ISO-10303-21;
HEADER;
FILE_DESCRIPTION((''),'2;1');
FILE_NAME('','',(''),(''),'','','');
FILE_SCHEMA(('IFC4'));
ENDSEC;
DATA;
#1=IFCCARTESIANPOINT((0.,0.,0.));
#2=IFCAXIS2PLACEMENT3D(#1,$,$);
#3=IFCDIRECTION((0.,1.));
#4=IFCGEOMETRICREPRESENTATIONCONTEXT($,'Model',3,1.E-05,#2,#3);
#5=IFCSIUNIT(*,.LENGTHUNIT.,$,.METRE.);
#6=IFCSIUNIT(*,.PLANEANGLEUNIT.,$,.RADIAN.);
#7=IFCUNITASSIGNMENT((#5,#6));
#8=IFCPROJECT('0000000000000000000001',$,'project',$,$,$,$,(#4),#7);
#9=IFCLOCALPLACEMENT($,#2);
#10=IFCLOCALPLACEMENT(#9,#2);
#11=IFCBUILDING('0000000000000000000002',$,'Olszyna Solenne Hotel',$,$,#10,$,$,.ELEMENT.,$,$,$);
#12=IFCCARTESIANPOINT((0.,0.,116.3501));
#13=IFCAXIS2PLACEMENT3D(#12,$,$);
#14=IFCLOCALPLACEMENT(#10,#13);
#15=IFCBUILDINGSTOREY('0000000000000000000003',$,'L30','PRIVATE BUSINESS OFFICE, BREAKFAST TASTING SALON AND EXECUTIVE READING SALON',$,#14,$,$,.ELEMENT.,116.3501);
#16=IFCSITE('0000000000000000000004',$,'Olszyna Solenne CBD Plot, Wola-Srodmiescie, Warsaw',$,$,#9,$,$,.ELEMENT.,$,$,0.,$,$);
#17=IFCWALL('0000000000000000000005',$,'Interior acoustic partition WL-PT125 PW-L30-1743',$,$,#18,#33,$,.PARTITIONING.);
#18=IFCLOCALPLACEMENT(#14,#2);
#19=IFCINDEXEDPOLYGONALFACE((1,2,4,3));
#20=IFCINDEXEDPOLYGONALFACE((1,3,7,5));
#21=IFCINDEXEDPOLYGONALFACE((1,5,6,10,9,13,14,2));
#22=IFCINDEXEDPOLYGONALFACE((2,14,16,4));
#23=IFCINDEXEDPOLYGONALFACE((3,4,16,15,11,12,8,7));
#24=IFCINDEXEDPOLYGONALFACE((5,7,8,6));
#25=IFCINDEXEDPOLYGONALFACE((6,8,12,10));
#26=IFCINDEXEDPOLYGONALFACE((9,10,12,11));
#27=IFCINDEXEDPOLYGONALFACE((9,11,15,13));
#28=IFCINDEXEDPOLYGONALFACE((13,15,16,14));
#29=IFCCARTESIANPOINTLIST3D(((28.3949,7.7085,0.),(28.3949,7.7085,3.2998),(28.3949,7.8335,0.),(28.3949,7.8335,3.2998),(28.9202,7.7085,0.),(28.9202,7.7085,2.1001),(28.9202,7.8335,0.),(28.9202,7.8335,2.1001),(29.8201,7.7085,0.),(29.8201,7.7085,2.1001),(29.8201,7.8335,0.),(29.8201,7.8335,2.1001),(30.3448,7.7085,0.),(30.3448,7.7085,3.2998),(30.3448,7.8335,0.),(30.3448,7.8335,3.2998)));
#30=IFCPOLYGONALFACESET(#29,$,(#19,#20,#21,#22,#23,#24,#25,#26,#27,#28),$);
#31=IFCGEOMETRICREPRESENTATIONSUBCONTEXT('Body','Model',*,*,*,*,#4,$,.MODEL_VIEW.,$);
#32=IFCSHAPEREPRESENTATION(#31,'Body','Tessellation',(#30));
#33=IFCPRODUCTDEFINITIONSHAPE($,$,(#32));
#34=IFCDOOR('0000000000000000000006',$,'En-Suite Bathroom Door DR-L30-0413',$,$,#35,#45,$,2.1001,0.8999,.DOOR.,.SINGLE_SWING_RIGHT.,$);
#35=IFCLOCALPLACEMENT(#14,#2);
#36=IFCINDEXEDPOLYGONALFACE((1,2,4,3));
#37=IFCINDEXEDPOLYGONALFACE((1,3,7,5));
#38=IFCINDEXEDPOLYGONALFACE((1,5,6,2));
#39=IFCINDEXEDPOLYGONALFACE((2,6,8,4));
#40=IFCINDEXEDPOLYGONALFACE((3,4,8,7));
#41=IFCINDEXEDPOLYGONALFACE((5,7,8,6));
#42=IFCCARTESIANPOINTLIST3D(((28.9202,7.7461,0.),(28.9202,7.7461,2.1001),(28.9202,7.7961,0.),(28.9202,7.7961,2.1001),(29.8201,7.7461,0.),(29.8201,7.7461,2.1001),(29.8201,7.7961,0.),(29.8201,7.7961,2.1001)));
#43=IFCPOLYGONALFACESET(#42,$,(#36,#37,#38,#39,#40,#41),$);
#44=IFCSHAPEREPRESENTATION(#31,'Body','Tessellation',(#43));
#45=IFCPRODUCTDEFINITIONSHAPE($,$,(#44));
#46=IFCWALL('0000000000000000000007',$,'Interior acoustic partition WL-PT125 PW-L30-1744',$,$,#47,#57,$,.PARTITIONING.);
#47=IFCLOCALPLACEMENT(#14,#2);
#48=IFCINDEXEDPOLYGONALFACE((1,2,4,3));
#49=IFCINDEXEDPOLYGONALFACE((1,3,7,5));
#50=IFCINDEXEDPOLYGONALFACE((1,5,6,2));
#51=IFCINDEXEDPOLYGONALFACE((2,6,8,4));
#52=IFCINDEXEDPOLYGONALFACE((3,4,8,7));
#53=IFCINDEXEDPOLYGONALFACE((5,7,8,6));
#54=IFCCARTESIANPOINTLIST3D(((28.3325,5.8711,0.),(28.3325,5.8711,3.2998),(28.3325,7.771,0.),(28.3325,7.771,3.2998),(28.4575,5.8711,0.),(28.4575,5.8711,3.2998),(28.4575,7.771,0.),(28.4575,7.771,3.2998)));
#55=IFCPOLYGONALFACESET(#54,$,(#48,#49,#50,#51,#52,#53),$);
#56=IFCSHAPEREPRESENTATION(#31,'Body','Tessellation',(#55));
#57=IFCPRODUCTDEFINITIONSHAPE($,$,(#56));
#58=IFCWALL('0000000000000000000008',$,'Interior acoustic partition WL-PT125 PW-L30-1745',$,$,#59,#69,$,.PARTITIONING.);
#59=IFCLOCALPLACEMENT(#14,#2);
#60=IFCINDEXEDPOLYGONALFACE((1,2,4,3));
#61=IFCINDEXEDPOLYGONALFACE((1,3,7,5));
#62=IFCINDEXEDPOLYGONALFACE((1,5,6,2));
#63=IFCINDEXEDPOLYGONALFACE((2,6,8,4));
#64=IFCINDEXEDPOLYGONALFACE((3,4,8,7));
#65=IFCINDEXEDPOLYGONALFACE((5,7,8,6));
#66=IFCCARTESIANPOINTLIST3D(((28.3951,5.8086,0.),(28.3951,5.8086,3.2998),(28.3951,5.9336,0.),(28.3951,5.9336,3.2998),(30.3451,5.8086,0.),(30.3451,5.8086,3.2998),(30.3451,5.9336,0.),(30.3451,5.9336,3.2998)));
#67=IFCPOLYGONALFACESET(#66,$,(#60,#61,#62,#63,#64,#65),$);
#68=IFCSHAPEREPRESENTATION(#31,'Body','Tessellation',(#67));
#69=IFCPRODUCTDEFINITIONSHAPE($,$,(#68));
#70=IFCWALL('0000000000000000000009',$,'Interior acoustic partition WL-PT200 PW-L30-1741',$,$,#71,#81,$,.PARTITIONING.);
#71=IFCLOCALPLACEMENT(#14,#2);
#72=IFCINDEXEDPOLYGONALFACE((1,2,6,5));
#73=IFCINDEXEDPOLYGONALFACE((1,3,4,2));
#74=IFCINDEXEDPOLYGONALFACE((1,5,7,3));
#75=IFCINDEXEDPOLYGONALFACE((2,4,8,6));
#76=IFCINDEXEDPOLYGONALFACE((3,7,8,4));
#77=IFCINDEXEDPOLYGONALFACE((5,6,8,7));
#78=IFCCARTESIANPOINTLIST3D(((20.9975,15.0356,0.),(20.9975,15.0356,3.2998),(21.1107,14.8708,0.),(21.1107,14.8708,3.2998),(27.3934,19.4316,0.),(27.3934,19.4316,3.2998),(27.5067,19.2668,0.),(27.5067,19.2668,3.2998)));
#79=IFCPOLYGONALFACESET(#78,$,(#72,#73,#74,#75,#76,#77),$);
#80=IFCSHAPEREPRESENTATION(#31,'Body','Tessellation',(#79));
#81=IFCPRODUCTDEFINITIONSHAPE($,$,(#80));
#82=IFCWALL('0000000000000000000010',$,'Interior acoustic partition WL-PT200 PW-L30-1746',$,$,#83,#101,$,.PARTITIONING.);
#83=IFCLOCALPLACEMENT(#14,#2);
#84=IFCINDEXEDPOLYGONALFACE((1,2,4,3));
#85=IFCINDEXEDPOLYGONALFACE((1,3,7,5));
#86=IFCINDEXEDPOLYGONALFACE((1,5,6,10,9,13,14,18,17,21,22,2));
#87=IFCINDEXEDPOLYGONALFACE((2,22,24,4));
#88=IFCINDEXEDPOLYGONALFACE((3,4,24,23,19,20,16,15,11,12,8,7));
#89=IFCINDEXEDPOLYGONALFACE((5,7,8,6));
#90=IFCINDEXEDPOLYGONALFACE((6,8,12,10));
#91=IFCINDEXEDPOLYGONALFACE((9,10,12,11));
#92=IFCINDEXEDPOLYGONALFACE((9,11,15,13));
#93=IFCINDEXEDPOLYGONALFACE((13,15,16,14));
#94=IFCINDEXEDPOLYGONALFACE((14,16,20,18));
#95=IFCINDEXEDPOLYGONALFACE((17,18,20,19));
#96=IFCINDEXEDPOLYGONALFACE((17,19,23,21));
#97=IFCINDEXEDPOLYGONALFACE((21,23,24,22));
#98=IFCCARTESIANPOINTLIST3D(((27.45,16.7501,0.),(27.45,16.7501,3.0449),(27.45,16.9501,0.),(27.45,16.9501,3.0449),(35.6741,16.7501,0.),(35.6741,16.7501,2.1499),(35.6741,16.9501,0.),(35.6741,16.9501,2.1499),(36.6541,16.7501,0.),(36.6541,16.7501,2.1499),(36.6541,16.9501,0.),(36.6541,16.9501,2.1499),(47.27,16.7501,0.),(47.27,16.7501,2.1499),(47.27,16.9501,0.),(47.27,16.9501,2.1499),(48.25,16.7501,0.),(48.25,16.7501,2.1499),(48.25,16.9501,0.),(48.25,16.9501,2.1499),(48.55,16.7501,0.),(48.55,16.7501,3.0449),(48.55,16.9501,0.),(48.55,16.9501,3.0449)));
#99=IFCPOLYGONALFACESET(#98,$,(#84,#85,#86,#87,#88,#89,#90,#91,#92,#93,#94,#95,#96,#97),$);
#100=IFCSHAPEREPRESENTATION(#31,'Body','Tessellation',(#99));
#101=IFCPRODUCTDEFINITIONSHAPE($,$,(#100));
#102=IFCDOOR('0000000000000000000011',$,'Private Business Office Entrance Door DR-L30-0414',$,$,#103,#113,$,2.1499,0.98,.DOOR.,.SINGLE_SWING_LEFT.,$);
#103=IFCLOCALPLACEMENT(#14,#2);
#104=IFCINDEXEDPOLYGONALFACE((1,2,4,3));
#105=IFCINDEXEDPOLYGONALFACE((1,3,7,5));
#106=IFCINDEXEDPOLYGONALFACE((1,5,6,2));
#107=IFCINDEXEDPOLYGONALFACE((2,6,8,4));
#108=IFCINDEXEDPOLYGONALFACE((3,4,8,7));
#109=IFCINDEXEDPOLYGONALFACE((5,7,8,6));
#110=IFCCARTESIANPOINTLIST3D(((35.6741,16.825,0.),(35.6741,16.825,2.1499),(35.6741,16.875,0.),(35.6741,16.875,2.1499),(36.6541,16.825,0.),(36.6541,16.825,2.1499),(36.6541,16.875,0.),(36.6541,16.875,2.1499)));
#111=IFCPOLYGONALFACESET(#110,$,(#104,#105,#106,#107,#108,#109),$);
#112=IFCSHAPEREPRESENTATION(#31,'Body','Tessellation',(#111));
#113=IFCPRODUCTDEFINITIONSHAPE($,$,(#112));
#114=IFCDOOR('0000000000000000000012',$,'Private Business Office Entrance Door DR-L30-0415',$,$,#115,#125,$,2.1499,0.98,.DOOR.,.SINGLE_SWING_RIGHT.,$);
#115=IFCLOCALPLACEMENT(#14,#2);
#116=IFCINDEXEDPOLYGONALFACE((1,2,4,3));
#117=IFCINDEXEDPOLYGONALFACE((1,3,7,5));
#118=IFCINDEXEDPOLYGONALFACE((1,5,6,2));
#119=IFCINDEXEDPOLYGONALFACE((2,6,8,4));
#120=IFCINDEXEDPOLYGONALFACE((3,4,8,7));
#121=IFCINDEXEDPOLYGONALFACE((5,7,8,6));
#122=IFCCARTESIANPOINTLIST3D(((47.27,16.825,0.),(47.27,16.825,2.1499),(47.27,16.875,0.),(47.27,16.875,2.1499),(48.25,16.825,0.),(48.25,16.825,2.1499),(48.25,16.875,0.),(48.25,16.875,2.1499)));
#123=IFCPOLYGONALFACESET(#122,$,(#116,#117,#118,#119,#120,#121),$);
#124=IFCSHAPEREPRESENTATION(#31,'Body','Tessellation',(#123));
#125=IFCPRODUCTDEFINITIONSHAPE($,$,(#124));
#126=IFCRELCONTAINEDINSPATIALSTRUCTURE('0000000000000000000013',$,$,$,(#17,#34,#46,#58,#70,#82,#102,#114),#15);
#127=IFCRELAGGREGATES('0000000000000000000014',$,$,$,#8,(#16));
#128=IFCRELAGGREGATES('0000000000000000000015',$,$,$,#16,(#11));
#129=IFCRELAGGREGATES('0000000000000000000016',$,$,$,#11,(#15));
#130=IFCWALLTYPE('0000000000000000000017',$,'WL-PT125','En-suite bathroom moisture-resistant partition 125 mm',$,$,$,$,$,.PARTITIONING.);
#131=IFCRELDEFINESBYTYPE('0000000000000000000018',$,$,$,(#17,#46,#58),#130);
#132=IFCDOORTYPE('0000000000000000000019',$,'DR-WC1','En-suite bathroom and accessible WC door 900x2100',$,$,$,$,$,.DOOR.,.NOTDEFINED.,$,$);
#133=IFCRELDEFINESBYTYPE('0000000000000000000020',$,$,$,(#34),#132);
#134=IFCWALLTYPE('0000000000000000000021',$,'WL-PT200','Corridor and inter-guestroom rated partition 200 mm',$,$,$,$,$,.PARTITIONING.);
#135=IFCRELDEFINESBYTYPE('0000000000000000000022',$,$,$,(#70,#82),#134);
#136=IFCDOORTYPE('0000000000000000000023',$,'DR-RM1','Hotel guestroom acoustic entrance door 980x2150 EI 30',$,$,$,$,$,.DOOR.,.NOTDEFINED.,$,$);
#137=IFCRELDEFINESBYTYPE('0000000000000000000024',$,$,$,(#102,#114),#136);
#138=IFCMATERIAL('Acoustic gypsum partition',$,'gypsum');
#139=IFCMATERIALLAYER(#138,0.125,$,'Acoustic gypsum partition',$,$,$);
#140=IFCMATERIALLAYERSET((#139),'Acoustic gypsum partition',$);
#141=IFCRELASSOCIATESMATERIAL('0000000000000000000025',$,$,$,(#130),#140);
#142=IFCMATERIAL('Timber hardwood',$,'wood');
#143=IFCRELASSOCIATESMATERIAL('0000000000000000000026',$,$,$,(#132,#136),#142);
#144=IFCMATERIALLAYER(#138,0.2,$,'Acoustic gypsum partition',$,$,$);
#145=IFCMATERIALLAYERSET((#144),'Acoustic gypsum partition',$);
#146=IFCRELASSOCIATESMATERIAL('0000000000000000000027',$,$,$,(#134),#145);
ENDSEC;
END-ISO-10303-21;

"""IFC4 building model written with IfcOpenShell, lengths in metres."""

from ifc_helpers import new_model, si_unit, direction, frame, frame_2d, origin, place, context, subcontext, project, spatial, rectangle, extrude, source, transform, mapped, material, layer, layer_set, type_object, type_shapes, element, fill, save


model = new_model("IFC4")

# Units and contexts
model_context = context("Model", 3, precision=1e-05, world=origin(), true_north=direction((0.0, 1.0)))
body_context = subcontext(model_context, "Body", "Model", "MODEL_VIEW")
ifc_project = project(units=[si_unit("LENGTHUNIT", "METRE"), si_unit("PLANEANGLEUNIT", "RADIAN")], contexts=[model_context])

# Site, building, storey
site_placement = place(None, origin())
site = spatial("IfcSite", under=ifc_project, at=site_placement, Name="Olszyna Solenne CBD Plot, Wola-Srodmiescie, Warsaw", CompositionType="ELEMENT", RefElevation=0.0)
building_placement = place(site_placement, origin())
building = spatial("IfcBuilding", under=site, at=building_placement, Name="Olszyna Solenne Hotel", CompositionType="ELEMENT")
storey_placement = place(building_placement, frame((0.0, 0.0, 116.3501)))
storey = spatial("IfcBuildingStorey", under=building, at=storey_placement, Name="L30", Description="PRIVATE BUSINESS OFFICE, BREAKFAST TASTING SALON AND EXECUTIVE READING SALON", CompositionType="ELEMENT", Elevation=116.3501)

# Shared definitions
ifc_material_1 = material(Name="Acoustic gypsum partition", Category="gypsum")
ifc_layer_1 = layer(ifc_material_1, 0.125, Name="Acoustic gypsum partition")
ifc_layer_set_1 = layer_set([ifc_layer_1], Name="Acoustic gypsum partition")
wall_type_1 = type_object("IfcWallType", Name="WL-PT125", Description="En-suite bathroom moisture-resistant partition 125 mm", PredefinedType="PARTITIONING", material=ifc_layer_set_1)

# Wall, opening, door
wall_1_placement = place(storey_placement, frame((30.345, 7.771, 0.0), z_axis=(0.0, 0.0, 1.0), x_axis=(-1.0, 0.0, 0.0)))
wall_1 = element("IfcWall", 1, at=wall_1_placement, inside=storey, type_object=wall_type_1, Name="Interior acoustic partition WL-PT125 PW-L30-1743", PredefinedType="PARTITIONING", context=body_context, shape_type="SweptSolid", body=[
    extrude(rectangle(XDim=1.95, YDim=0.125, at=frame_2d((0.9751, 0.0))), origin(), (0.0, 0.0, 1.0), 3.2998),
])
opening_1_placement = place(wall_1_placement, frame((0.5249, 0.0, 0.0)))
opening_1 = element("IfcOpeningElement", 2, at=opening_1_placement, cuts=wall_1, PredefinedType="OPENING", context=body_context, shape_type="SweptSolid", body=[
    extrude(rectangle(XDim=0.8999, YDim=2.1001, at=frame_2d((0.45, 1.05))), frame((0.0, 0.0725, 0.0), z_axis=(0.0, -1.0, 0.0), x_axis=(1.0, 0.0, 0.0)), (0.0, 0.0, 1.0), 0.145),
])
ifc_material_2 = material(Name="Timber hardwood", Category="wood")
door_type_1 = type_object("IfcDoorType", Name="DR-WC1", Description="En-suite bathroom and accessible WC door 900x2100", OperationType="NOTDEFINED", PredefinedType="DOOR", material=ifc_material_2)
shared_shape_1 = source(origin(), body_context, "Body", "SweptSolid", [
    extrude(rectangle(XDim=0.8999, YDim=2.1001, at=frame_2d((0.45, 1.05))), frame((0.0, 0.0249, 0.0), z_axis=(0.0, -1.0, 0.0), x_axis=(1.0, 0.0, 0.0)), (0.0, 0.0, 1.0), 0.05),
])
type_shapes(door_type_1, [shared_shape_1])
door_1_placement = place(opening_1_placement, origin())
door_1 = element("IfcDoor", 3, at=door_1_placement, inside=storey, type_object=door_type_1, Name="En-Suite Bathroom Door DR-L30-0413", OperationType="SINGLE_SWING_RIGHT", OverallHeight=2.1001, OverallWidth=0.8999, PredefinedType="DOOR", context=body_context, shape_type="MappedRepresentation", body=[
    mapped(shared_shape_1, transform((0.0, 0.0, 0.0), x_axis=(1.0, 0.0, 0.0), y_axis=(0.0, 1.0, 0.0), z_axis=(0.0, 0.0, 1.0), scale=1.0)),
])
fill(opening_1, door_1)

# Walls
wall_2_placement = place(storey_placement, frame((28.395, 7.771, 0.0), z_axis=(0.0, 0.0, 1.0), x_axis=(0.0, -1.0, 0.0)))
element("IfcWall", 4, at=wall_2_placement, inside=storey, type_object=wall_type_1, Name="Interior acoustic partition WL-PT125 PW-L30-1744", PredefinedType="PARTITIONING", context=body_context, shape_type="SweptSolid", body=[
    extrude(rectangle(XDim=1.8999, YDim=0.125, at=frame_2d((0.95, 0.0))), origin(), (0.0, 0.0, 1.0), 3.2998),
])
wall_3_placement = place(storey_placement, frame((28.395, 5.8711, 0.0), z_axis=(0.0, 0.0, 1.0), x_axis=(1.0, 0.0, 0.0)))
element("IfcWall", 5, at=wall_3_placement, inside=storey, type_object=wall_type_1, Name="Interior acoustic partition WL-PT125 PW-L30-1745", PredefinedType="PARTITIONING", context=body_context, shape_type="SweptSolid", body=[
    extrude(rectangle(XDim=1.95, YDim=0.125, at=frame_2d((0.9751, 0.0))), origin(), (0.0, 0.0, 1.0), 3.2998),
])
ifc_layer_2 = layer(ifc_material_1, 0.2, Name="Acoustic gypsum partition")
ifc_layer_set_2 = layer_set([ifc_layer_2], Name="Acoustic gypsum partition")
wall_type_2 = type_object("IfcWallType", Name="WL-PT200", Description="Corridor and inter-guestroom rated partition 200 mm", PredefinedType="PARTITIONING", material=ifc_layer_set_2)
wall_4_placement = place(storey_placement, frame((27.45, 19.3491, 0.0), z_axis=(0.0, 0.0, 1.0), x_axis=(-0.824117, -0.566419, 0.0)))
element("IfcWall", 6, at=wall_4_placement, inside=storey, type_object=wall_type_2, Name="Interior acoustic partition WL-PT200 PW-L30-1741", PredefinedType="PARTITIONING", context=body_context, shape_type="SweptSolid", body=[
    extrude(rectangle(XDim=7.761, YDim=0.2, at=frame_2d((3.8804, 0.0))), origin(), (0.0, 0.0, 1.0), 3.2998),
])

# Wall, openings, doors
wall_5_placement = place(storey_placement, frame((27.45, 16.8501, 0.0), z_axis=(0.0, 0.0, 1.0), x_axis=(1.0, 0.0, 0.0)))
wall_5 = element("IfcWall", 7, at=wall_5_placement, inside=storey, type_object=wall_type_2, Name="Interior acoustic partition WL-PT200 PW-L30-1746", PredefinedType="PARTITIONING", context=body_context, shape_type="SweptSolid", body=[
    extrude(rectangle(XDim=21.1001, YDim=0.2, at=frame_2d((10.55, 0.0))), origin(), (0.0, 0.0, 1.0), 3.0449),
])
opening_2_placement = place(wall_5_placement, frame((8.2241, 0.0, 0.0)))
opening_2 = element("IfcOpeningElement", 8, at=opening_2_placement, cuts=wall_5, PredefinedType="OPENING", context=body_context, shape_type="SweptSolid", body=[
    extrude(rectangle(XDim=0.98, YDim=2.1499, at=frame_2d((0.49, 1.075))), frame((0.0, 0.1099, 0.0), z_axis=(0.0, -1.0, 0.0), x_axis=(1.0, 0.0, 0.0)), (0.0, 0.0, 1.0), 0.22),
])
opening_3_placement = place(wall_5_placement, frame((19.8201, 0.0, 0.0)))
opening_3 = element("IfcOpeningElement", 9, at=opening_3_placement, cuts=wall_5, PredefinedType="OPENING", context=body_context, shape_type="SweptSolid", body=[
    extrude(rectangle(XDim=0.98, YDim=2.1499, at=frame_2d((0.49, 1.075))), frame((0.0, 0.1099, 0.0), z_axis=(0.0, -1.0, 0.0), x_axis=(1.0, 0.0, 0.0)), (0.0, 0.0, 1.0), 0.22),
])
door_type_2 = type_object("IfcDoorType", Name="DR-RM1", Description="Hotel guestroom acoustic entrance door 980x2150 EI 30", OperationType="NOTDEFINED", PredefinedType="DOOR", material=ifc_material_2)
shared_shape_2 = source(origin(), body_context, "Body", "SweptSolid", [
    extrude(rectangle(XDim=0.98, YDim=2.1499, at=frame_2d((0.49, 1.075))), frame((0.0, 0.0249, 0.0), z_axis=(0.0, -1.0, 0.0), x_axis=(1.0, 0.0, 0.0)), (0.0, 0.0, 1.0), 0.05),
])
type_shapes(door_type_2, [shared_shape_2])
door_2_placement = place(opening_2_placement, origin())
door_2 = element("IfcDoor", 10, at=door_2_placement, inside=storey, type_object=door_type_2, Name="Private Business Office Entrance Door DR-L30-0414", OperationType="SINGLE_SWING_LEFT", OverallHeight=2.1499, OverallWidth=0.98, PredefinedType="DOOR", context=body_context, shape_type="MappedRepresentation", body=[
    mapped(shared_shape_2, transform((0.0, 0.0, 0.0), x_axis=(1.0, 0.0, 0.0), y_axis=(0.0, 1.0, 0.0), z_axis=(0.0, 0.0, 1.0), scale=1.0)),
])
fill(opening_2, door_2)
door_3_placement = place(opening_3_placement, origin())
door_3 = element("IfcDoor", 11, at=door_3_placement, inside=storey, type_object=door_type_2, Name="Private Business Office Entrance Door DR-L30-0415", OperationType="SINGLE_SWING_RIGHT", OverallHeight=2.1499, OverallWidth=0.98, PredefinedType="DOOR", context=body_context, shape_type="MappedRepresentation", body=[
    mapped(shared_shape_2, transform((0.0, 0.0, 0.0), x_axis=(1.0, 0.0, 0.0), y_axis=(0.0, 1.0, 0.0), z_axis=(0.0, 0.0, 1.0), scale=1.0)),
])
fill(opening_3, door_3)

save(model, "model.ifc")
